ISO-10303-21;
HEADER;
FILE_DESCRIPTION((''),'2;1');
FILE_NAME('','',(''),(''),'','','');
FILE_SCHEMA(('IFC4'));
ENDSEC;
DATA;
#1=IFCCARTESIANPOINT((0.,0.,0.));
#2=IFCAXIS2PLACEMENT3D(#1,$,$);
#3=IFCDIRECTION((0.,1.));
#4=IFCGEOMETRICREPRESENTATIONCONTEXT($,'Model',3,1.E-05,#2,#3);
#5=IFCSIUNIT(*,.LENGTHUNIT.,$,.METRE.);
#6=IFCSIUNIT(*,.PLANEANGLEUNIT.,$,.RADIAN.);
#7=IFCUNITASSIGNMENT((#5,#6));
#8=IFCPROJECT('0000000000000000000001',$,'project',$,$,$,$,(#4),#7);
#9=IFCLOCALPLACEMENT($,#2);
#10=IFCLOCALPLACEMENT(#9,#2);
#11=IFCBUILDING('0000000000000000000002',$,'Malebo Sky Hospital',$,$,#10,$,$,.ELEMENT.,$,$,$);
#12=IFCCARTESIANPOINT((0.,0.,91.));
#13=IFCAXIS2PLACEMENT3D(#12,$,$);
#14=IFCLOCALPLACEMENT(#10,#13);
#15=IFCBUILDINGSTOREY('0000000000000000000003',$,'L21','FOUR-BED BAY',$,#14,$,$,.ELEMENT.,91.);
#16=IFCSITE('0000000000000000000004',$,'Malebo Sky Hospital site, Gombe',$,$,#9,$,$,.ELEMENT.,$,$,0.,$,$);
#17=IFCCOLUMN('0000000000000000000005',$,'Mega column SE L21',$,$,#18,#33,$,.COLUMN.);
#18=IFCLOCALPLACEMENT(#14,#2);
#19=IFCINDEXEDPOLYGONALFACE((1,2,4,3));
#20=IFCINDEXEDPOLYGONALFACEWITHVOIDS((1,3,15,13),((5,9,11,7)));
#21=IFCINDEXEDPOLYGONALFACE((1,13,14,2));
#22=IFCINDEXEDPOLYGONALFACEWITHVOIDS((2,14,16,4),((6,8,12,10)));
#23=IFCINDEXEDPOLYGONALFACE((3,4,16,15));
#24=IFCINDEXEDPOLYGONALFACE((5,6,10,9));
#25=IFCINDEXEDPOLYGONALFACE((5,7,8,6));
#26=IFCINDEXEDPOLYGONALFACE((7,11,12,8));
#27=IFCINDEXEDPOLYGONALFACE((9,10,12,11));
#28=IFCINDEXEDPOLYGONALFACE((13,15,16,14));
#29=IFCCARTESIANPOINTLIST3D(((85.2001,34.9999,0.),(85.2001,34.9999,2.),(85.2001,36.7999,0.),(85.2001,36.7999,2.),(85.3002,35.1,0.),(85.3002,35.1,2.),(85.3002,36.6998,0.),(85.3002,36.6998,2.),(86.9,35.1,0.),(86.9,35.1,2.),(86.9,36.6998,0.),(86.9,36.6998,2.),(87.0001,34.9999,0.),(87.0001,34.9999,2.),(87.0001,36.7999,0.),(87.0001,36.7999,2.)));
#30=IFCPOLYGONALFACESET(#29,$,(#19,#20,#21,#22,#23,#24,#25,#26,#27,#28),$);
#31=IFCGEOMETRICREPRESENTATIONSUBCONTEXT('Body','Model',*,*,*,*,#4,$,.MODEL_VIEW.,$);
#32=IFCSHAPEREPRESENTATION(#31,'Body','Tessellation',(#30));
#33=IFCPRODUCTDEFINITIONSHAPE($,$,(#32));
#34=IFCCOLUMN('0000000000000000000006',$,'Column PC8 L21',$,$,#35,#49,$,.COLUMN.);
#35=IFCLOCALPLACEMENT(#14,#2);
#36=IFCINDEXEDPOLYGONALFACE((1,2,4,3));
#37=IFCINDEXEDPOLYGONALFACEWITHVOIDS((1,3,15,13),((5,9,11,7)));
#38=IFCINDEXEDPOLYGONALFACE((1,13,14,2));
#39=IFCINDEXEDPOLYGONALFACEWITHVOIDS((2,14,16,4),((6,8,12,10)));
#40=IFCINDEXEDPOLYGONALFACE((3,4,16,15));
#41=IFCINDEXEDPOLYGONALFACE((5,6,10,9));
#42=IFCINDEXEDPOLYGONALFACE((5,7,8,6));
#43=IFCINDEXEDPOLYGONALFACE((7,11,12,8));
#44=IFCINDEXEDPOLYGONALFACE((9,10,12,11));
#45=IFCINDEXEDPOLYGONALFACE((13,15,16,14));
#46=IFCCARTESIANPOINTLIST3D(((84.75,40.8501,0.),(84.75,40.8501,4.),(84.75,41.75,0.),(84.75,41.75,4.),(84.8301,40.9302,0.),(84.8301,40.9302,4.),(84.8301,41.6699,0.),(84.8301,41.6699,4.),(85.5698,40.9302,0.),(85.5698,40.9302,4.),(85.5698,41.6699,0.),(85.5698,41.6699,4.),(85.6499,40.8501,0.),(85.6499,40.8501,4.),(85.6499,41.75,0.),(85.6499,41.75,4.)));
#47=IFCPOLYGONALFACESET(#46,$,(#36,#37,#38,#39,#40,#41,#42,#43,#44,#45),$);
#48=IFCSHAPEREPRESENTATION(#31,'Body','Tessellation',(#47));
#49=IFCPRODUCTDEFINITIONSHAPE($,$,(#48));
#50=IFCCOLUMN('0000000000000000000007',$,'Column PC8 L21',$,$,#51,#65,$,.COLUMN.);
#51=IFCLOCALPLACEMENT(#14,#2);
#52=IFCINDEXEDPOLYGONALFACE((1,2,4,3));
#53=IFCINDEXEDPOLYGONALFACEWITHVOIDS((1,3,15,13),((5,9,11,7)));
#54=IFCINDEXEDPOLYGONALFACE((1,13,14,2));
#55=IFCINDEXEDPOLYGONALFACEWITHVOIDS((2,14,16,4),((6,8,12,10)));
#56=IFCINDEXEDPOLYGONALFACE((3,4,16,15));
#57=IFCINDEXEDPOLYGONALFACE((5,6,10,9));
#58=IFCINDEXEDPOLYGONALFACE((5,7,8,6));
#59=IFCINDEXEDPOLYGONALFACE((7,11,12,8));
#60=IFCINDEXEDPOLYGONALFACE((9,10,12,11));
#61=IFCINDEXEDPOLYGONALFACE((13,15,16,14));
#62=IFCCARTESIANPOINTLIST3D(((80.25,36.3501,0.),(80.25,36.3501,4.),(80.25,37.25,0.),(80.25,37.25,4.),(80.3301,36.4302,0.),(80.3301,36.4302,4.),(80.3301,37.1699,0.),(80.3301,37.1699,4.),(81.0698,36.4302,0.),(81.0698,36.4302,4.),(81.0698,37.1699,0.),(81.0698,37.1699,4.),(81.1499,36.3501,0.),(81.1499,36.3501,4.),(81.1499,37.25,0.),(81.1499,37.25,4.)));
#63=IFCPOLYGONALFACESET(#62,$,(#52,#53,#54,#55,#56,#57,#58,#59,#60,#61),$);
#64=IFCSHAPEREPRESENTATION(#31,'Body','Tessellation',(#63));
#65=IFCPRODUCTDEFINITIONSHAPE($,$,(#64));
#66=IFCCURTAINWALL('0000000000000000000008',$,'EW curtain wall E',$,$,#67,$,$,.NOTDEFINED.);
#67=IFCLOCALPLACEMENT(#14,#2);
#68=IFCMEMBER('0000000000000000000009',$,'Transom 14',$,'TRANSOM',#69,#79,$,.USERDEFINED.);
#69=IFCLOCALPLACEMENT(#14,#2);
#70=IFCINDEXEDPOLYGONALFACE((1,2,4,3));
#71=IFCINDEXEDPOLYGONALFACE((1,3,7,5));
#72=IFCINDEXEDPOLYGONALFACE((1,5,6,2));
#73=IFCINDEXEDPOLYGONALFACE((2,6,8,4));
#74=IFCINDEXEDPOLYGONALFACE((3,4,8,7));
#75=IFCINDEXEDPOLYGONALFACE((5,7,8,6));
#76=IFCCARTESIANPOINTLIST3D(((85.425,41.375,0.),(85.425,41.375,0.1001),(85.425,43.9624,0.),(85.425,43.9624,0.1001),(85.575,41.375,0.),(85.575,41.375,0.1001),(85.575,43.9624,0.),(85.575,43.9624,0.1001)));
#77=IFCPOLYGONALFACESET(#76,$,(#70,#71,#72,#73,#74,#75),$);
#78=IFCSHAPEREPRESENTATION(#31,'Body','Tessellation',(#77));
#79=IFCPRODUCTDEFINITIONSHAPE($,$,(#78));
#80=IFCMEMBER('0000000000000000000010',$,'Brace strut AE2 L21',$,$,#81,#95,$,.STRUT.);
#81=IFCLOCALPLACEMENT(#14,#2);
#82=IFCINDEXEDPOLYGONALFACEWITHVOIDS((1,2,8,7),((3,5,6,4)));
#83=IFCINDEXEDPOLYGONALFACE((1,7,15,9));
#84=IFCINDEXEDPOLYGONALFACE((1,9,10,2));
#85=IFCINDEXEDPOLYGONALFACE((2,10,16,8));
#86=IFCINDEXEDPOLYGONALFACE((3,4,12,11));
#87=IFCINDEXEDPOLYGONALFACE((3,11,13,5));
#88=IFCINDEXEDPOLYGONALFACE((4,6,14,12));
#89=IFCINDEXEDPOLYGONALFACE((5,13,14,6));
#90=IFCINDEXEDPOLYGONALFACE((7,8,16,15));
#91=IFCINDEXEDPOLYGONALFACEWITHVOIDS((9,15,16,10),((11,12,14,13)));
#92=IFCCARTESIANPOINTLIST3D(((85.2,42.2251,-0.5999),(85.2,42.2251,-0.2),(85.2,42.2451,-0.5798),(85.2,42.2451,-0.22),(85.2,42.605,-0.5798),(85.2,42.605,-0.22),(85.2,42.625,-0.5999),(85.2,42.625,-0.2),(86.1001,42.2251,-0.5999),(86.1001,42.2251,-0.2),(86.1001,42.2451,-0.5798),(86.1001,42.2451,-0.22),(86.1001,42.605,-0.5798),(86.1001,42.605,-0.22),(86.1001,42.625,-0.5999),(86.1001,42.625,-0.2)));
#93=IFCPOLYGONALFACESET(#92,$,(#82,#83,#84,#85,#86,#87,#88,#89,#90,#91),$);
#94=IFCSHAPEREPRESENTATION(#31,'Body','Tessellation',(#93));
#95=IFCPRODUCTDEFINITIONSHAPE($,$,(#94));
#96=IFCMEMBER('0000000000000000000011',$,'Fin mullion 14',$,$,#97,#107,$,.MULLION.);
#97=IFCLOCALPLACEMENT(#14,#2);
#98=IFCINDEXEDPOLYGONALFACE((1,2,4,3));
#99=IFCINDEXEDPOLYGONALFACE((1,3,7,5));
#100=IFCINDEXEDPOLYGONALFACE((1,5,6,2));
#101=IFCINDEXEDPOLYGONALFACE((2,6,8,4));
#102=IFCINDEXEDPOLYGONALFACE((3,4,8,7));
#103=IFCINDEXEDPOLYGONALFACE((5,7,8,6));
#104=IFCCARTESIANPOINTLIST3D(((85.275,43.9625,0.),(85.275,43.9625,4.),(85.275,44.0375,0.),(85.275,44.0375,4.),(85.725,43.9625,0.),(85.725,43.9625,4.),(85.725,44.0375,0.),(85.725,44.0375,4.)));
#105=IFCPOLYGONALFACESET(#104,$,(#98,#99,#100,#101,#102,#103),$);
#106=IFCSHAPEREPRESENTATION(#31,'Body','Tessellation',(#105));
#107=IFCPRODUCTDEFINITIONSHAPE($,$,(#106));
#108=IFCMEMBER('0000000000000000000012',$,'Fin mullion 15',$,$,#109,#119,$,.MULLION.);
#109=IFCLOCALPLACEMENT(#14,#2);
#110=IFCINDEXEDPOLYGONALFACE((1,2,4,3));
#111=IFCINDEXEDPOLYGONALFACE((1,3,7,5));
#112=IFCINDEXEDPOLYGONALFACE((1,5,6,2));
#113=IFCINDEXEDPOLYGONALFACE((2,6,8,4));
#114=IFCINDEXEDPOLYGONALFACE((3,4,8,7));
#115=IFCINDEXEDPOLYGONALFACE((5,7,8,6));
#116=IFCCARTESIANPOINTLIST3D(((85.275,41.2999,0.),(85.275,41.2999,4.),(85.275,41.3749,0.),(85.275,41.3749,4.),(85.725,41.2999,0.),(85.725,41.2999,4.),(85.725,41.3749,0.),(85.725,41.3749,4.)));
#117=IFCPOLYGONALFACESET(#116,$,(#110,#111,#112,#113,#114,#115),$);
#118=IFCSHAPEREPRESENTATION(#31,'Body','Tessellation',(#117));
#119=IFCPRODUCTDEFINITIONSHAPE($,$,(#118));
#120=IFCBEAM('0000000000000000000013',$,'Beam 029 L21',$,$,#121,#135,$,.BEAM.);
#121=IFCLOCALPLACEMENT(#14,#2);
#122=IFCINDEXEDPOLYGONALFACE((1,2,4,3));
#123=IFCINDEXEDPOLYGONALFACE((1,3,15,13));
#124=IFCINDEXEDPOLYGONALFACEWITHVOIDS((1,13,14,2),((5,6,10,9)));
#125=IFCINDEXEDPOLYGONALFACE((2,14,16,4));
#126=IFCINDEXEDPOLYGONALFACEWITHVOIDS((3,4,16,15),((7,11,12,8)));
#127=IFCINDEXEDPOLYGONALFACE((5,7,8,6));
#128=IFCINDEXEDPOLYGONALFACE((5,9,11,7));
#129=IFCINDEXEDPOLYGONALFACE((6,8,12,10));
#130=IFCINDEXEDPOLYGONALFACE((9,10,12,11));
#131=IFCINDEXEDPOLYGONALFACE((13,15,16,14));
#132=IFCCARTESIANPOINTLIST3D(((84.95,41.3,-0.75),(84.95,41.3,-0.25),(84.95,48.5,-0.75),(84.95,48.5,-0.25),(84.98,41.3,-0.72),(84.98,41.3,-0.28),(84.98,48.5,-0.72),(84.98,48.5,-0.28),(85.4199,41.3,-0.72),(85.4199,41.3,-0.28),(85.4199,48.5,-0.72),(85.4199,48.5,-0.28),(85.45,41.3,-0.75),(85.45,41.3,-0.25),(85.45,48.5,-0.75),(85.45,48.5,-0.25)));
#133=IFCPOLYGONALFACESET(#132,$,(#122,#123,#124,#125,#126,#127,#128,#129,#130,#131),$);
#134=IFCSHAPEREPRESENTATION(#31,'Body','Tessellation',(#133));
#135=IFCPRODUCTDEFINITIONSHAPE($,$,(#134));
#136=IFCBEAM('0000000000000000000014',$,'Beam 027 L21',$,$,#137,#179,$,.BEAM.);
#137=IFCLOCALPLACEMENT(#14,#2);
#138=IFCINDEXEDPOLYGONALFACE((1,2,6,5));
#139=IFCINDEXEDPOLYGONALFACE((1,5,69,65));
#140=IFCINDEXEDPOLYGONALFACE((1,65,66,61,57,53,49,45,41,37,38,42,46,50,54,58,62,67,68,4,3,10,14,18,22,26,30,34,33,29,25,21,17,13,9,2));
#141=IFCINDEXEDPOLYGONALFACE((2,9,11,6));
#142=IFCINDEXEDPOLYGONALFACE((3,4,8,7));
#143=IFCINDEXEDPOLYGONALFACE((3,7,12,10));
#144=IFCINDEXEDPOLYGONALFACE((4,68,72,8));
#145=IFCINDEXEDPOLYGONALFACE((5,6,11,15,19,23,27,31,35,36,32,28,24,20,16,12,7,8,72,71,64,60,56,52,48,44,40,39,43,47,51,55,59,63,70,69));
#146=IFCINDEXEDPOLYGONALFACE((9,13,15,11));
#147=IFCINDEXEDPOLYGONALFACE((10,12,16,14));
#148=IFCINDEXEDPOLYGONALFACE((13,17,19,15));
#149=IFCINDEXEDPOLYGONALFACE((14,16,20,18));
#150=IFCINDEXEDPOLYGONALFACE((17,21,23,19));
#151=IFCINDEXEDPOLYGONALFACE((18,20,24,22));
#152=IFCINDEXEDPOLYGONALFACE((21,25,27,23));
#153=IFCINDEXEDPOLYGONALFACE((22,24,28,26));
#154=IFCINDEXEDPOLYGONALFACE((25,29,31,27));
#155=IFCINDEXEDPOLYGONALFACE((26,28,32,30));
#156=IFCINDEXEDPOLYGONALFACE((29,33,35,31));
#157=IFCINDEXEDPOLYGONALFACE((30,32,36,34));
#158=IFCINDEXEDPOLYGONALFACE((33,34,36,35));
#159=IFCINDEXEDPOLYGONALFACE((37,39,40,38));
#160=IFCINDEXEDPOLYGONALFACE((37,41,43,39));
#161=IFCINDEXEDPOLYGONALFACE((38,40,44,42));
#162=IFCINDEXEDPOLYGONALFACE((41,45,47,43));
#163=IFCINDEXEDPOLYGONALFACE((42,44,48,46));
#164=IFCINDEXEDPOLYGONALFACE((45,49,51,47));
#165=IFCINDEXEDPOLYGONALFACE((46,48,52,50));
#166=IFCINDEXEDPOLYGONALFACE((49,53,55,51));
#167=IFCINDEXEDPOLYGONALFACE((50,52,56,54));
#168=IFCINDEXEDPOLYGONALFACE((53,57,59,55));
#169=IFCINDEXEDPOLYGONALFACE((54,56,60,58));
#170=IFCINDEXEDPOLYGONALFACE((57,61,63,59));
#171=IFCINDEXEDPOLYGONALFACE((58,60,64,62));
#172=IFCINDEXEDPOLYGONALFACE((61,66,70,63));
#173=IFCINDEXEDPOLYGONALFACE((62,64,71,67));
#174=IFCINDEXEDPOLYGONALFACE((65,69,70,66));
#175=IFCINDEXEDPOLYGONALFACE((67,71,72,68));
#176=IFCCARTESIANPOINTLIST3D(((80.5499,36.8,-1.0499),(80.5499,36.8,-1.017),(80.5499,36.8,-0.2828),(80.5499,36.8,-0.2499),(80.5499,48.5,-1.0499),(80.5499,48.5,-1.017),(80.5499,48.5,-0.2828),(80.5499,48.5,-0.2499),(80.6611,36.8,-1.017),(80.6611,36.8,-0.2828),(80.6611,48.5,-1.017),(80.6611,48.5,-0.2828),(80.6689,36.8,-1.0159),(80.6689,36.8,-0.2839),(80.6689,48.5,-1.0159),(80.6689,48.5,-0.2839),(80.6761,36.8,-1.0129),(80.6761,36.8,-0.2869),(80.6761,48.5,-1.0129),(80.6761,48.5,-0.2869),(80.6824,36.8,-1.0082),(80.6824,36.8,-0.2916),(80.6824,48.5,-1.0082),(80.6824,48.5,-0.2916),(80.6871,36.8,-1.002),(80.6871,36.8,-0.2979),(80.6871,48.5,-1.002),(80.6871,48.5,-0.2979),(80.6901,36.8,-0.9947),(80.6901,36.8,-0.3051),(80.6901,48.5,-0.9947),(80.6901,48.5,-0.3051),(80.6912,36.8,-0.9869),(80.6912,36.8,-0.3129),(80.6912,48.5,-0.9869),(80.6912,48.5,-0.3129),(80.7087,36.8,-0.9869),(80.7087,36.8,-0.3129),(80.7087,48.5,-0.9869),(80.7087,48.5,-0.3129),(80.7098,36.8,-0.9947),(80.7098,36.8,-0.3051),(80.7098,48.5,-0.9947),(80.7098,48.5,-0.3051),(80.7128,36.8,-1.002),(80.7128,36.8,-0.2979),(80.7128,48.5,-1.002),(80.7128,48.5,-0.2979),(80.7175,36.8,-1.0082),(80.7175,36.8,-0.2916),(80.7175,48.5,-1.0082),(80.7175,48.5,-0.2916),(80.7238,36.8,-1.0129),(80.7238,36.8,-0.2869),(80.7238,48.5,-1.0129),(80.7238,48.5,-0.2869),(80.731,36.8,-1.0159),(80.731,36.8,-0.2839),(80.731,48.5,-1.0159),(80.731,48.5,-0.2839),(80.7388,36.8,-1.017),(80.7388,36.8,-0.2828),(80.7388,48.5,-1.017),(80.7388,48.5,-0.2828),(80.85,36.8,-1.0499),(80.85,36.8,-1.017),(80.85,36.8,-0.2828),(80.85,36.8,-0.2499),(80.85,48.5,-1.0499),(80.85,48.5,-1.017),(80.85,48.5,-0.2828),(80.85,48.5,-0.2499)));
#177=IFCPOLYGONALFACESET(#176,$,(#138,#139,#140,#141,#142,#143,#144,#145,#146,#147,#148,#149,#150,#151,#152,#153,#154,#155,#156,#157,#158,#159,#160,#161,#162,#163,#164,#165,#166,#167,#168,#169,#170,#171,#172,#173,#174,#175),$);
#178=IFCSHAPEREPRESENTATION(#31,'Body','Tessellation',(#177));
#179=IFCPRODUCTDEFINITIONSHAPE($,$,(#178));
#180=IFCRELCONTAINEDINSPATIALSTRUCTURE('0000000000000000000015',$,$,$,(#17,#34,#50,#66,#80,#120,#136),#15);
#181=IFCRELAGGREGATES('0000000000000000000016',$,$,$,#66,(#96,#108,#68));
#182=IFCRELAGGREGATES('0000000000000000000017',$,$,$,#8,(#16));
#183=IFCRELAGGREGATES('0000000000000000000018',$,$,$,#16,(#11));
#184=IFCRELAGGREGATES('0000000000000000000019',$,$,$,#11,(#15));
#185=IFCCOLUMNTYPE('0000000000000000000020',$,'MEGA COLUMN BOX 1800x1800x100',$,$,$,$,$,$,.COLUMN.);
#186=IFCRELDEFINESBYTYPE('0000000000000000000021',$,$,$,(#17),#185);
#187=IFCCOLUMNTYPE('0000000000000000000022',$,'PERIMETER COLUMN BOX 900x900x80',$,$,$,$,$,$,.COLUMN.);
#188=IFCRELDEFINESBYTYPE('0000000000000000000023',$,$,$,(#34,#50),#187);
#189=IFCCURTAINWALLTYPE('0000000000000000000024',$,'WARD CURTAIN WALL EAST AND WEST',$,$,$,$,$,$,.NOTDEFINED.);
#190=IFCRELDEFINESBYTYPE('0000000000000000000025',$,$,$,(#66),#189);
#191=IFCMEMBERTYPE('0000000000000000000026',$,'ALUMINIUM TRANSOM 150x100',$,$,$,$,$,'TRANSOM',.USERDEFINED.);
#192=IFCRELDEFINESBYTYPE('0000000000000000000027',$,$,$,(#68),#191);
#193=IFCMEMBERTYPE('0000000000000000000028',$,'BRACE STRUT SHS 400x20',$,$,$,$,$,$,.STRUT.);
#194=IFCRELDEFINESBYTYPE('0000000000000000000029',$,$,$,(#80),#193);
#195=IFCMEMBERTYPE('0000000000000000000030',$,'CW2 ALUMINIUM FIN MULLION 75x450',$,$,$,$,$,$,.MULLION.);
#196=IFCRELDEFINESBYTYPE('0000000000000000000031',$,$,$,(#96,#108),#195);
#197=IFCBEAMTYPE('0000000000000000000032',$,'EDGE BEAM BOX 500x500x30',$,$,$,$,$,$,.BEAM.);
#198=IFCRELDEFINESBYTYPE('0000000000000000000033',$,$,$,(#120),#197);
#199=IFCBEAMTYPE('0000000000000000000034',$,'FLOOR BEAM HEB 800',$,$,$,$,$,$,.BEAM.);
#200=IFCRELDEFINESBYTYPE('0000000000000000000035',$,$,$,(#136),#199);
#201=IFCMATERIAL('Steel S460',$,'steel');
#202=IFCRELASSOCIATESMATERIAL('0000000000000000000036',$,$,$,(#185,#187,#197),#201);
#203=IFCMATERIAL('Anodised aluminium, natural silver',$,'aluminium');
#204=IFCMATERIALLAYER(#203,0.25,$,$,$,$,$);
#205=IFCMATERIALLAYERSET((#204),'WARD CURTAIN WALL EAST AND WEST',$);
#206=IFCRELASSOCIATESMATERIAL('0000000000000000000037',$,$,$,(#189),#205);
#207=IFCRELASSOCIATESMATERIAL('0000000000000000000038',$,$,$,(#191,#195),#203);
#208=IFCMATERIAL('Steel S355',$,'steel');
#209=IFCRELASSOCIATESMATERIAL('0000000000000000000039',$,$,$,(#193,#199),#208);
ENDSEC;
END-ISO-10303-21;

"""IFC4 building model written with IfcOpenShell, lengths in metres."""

from ifc_helpers import new_model, si_unit, direction, frame, origin, origin_2d, place, context, subcontext, project, spatial, rectangle, hollow_rectangle, i_section, extrude, material, layer, layer_set, material_profile, profile_set, type_object, element, aggregate, save


model = new_model("IFC4")

# Units and contexts
model_context = context("Model", 3, precision=1e-05, world=origin(), true_north=direction((0.0, 1.0)))
body_context = subcontext(model_context, "Body", "Model", "MODEL_VIEW")
ifc_project = project(units=[si_unit("LENGTHUNIT", "METRE"), si_unit("PLANEANGLEUNIT", "RADIAN")], contexts=[model_context])

# Site, building, storey
site_placement = place(None, origin())
site = spatial("IfcSite", under=ifc_project, at=site_placement, Name="Malebo Sky Hospital site, Gombe", CompositionType="ELEMENT", RefElevation=0.0)
building_placement = place(site_placement, origin())
building = spatial("IfcBuilding", under=site, at=building_placement, Name="Malebo Sky Hospital", CompositionType="ELEMENT")
storey_placement = place(building_placement, frame((0.0, 0.0, 91.0)))
storey = spatial("IfcBuildingStorey", under=building, at=storey_placement, Name="L21", Description="FOUR-BED BAY", CompositionType="ELEMENT", Elevation=91.0)

# Columns
ifc_material_1 = material(Name="Steel S460", Category="steel")
ifc_material_profile_1 = material_profile(ifc_material_1, hollow_rectangle(XDim=1.8, YDim=1.8, WallThickness=0.1001, at=origin_2d()), Name="BOX 1800x1800x100")
ifc_profile_set_1 = profile_set([ifc_material_profile_1], Name="Steel S460")
column_type_1 = type_object("IfcColumnType", Name="MEGA COLUMN BOX 1800x1800x100", PredefinedType="COLUMN", material=ifc_profile_set_1)
column_placement = place(storey_placement, frame((86.1001, 35.8999, 0.0), z_axis=(0.0, 0.0, 1.0), x_axis=(1.0, 0.0, 0.0)))
element("IfcColumn", 1, at=column_placement, inside=storey, type_object=column_type_1, Name="Mega column SE L21", PredefinedType="COLUMN", context=body_context, shape_type="SweptSolid", body=[
    extrude(hollow_rectangle(XDim=1.8, YDim=1.8, WallThickness=0.1001, at=origin_2d()), origin(), (0.0, 0.0, 1.0), 2.0),
])
ifc_material_profile_2 = material_profile(ifc_material_1, hollow_rectangle(XDim=0.8999, YDim=0.8999, WallThickness=0.0801, at=origin_2d()), Name="BOX 900x900x80")
ifc_profile_set_2 = profile_set([ifc_material_profile_2], Name="Steel S460")
column_type_2 = type_object("IfcColumnType", Name="PERIMETER COLUMN BOX 900x900x80", PredefinedType="COLUMN", material=ifc_profile_set_2)
for number, where, z_axis, x_axis, name in (
    (2, (85.2, 41.3, 0.0), (0.0, 0.0, 1.0), (1.0, 0.0, 0.0), "Column PC8 L21"),
    (3, (80.7, 36.8, 0.0), (0.0, 0.0, 1.0), (1.0, 0.0, 0.0), "Column PC8 L21"),
):
    element("IfcColumn", number, at=place(storey_placement, frame(where, z_axis=z_axis, x_axis=x_axis)), inside=storey, type_object=column_type_2, Name=name, PredefinedType="COLUMN", context=body_context, shape_type="SweptSolid", body=[
        extrude(hollow_rectangle(XDim=0.8999, YDim=0.8999, WallThickness=0.0801, at=origin_2d()), origin(), (0.0, 0.0, 1.0), 4.0),
    ])

# Curtain wall, member
ifc_material_2 = material(Name="Anodised aluminium, natural silver", Category="aluminium")
ifc_layer_1 = layer(ifc_material_2, 0.25)
ifc_layer_set_1 = layer_set([ifc_layer_1], Name="WARD CURTAIN WALL EAST AND WEST")
curtain_wall_type = type_object("IfcCurtainWallType", Name="WARD CURTAIN WALL EAST AND WEST", PredefinedType="NOTDEFINED", material=ifc_layer_set_1)
curtain_wall_placement = place(storey_placement, origin())
curtain_wall = element("IfcCurtainWall", 4, at=curtain_wall_placement, inside=storey, type_object=curtain_wall_type, Name="EW curtain wall E", PredefinedType="NOTDEFINED")
ifc_material_profile_3 = material_profile(ifc_material_2, rectangle(XDim=0.1499, YDim=0.1001, at=origin_2d()), Name="ALUMINIUM TRANSOM 150x100")
ifc_profile_set_3 = profile_set([ifc_material_profile_3], Name="Anodised aluminium, natural silver")
member_type_1 = type_object("IfcMemberType", Name="ALUMINIUM TRANSOM 150x100", ElementType="TRANSOM", PredefinedType="USERDEFINED", material=ifc_profile_set_3)
member_1_placement = place(storey_placement, frame((85.5, 43.9624, 0.05), z_axis=(0.0, -1.0, 0.0), x_axis=(1.0, 0.0, 0.0)))
member_1 = element("IfcMember", 5, at=member_1_placement, type_object=member_type_1, Name="Transom 14", ObjectType="TRANSOM", PredefinedType="USERDEFINED", context=body_context, shape_type="SweptSolid", body=[
    extrude(rectangle(XDim=0.1499, YDim=0.1001, at=origin_2d()), origin(), (0.0, 0.0, 1.0), 2.5874),
])

# Members
ifc_material_3 = material(Name="Steel S355", Category="steel")
ifc_material_profile_4 = material_profile(ifc_material_3, hollow_rectangle(XDim=0.3999, YDim=0.3999, WallThickness=0.02, at=origin_2d()), Name="SHS 400x20")
ifc_profile_set_4 = profile_set([ifc_material_profile_4], Name="Steel S355")
member_type_2 = type_object("IfcMemberType", Name="BRACE STRUT SHS 400x20", PredefinedType="STRUT", material=ifc_profile_set_4)
member_2_placement = place(storey_placement, frame((86.1001, 42.425, -0.3999), z_axis=(-1.0, 0.0, 0.0), x_axis=(0.0, -1.0, 0.0)))
element("IfcMember", 6, at=member_2_placement, inside=storey, type_object=member_type_2, Name="Brace strut AE2 L21", PredefinedType="STRUT", context=body_context, shape_type="SweptSolid", body=[
    extrude(hollow_rectangle(XDim=0.3999, YDim=0.3999, WallThickness=0.02, at=origin_2d()), origin(), (0.0, 0.0, 1.0), 0.9001),
])
ifc_material_profile_5 = material_profile(ifc_material_2, rectangle(XDim=0.075, YDim=0.45, at=origin_2d()), Name="CW2 ALUMINIUM FIN MULLION 75x450")
ifc_profile_set_5 = profile_set([ifc_material_profile_5], Name="Anodised aluminium, natural silver")
member_type_3 = type_object("IfcMemberType", Name="CW2 ALUMINIUM FIN MULLION 75x450", PredefinedType="MULLION", material=ifc_profile_set_5)
member_3_placement = place(storey_placement, frame((85.5, 44.0, 0.0), z_axis=(0.0, 0.0, 1.0), x_axis=(0.0, -1.0, 0.0)))
member_3 = element("IfcMember", 7, at=member_3_placement, type_object=member_type_3, Name="Fin mullion 14", PredefinedType="MULLION", context=body_context, shape_type="SweptSolid", body=[
    extrude(rectangle(XDim=0.075, YDim=0.45, at=origin_2d()), origin(), (0.0, 0.0, 1.0), 4.0),
])
member_4_placement = place(storey_placement, frame((85.5, 41.3374, 0.0), z_axis=(0.0, 0.0, 1.0), x_axis=(0.0, -1.0, 0.0)))
member_4 = element("IfcMember", 8, at=member_4_placement, type_object=member_type_3, Name="Fin mullion 15", PredefinedType="MULLION", context=body_context, shape_type="SweptSolid", body=[
    extrude(rectangle(XDim=0.075, YDim=0.45, at=origin_2d()), origin(), (0.0, 0.0, 1.0), 4.0),
])

# Beams
ifc_material_profile_6 = material_profile(ifc_material_1, hollow_rectangle(XDim=0.5, YDim=0.5, WallThickness=0.03, at=origin_2d()), Name="BOX 500x500x30")
ifc_profile_set_6 = profile_set([ifc_material_profile_6], Name="Steel S460")
beam_type_1 = type_object("IfcBeamType", Name="EDGE BEAM BOX 500x500x30", PredefinedType="BEAM", material=ifc_profile_set_6)
beam_1_placement = place(storey_placement, frame((85.2, 41.3, -0.5), z_axis=(0.0, 1.0, 0.0), x_axis=(-1.0, 0.0, 0.0)))
element("IfcBeam", 9, at=beam_1_placement, inside=storey, type_object=beam_type_1, Name="Beam 029 L21", PredefinedType="BEAM", context=body_context, shape_type="SweptSolid", body=[
    extrude(hollow_rectangle(XDim=0.5, YDim=0.5, WallThickness=0.03, at=origin_2d()), origin(), (0.0, 0.0, 1.0), 7.2),
])
ifc_material_profile_7 = material_profile(ifc_material_3, i_section(OverallWidth=0.3, OverallDepth=0.8, WebThickness=0.0176, FlangeThickness=0.033, FilletRadius=0.03, at=origin_2d()), Name="HEB 800")
ifc_profile_set_7 = profile_set([ifc_material_profile_7], Name="Steel S355")
beam_type_2 = type_object("IfcBeamType", Name="FLOOR BEAM HEB 800", PredefinedType="BEAM", material=ifc_profile_set_7)
beam_2_placement = place(storey_placement, frame((80.7, 36.8, -0.6499), z_axis=(0.0, 1.0, 0.0), x_axis=(-1.0, 0.0, 0.0)))
element("IfcBeam", 10, at=beam_2_placement, inside=storey, type_object=beam_type_2, Name="Beam 027 L21", PredefinedType="BEAM", context=body_context, shape_type="SweptSolid", body=[
    extrude(i_section(OverallWidth=0.3, OverallDepth=0.8, WebThickness=0.0176, FlangeThickness=0.033, FilletRadius=0.03, at=origin_2d()), origin(), (0.0, 0.0, 1.0), 11.7),
])

aggregate(curtain_wall, [member_3, member_4, member_1])

save(model, "model.ifc")
